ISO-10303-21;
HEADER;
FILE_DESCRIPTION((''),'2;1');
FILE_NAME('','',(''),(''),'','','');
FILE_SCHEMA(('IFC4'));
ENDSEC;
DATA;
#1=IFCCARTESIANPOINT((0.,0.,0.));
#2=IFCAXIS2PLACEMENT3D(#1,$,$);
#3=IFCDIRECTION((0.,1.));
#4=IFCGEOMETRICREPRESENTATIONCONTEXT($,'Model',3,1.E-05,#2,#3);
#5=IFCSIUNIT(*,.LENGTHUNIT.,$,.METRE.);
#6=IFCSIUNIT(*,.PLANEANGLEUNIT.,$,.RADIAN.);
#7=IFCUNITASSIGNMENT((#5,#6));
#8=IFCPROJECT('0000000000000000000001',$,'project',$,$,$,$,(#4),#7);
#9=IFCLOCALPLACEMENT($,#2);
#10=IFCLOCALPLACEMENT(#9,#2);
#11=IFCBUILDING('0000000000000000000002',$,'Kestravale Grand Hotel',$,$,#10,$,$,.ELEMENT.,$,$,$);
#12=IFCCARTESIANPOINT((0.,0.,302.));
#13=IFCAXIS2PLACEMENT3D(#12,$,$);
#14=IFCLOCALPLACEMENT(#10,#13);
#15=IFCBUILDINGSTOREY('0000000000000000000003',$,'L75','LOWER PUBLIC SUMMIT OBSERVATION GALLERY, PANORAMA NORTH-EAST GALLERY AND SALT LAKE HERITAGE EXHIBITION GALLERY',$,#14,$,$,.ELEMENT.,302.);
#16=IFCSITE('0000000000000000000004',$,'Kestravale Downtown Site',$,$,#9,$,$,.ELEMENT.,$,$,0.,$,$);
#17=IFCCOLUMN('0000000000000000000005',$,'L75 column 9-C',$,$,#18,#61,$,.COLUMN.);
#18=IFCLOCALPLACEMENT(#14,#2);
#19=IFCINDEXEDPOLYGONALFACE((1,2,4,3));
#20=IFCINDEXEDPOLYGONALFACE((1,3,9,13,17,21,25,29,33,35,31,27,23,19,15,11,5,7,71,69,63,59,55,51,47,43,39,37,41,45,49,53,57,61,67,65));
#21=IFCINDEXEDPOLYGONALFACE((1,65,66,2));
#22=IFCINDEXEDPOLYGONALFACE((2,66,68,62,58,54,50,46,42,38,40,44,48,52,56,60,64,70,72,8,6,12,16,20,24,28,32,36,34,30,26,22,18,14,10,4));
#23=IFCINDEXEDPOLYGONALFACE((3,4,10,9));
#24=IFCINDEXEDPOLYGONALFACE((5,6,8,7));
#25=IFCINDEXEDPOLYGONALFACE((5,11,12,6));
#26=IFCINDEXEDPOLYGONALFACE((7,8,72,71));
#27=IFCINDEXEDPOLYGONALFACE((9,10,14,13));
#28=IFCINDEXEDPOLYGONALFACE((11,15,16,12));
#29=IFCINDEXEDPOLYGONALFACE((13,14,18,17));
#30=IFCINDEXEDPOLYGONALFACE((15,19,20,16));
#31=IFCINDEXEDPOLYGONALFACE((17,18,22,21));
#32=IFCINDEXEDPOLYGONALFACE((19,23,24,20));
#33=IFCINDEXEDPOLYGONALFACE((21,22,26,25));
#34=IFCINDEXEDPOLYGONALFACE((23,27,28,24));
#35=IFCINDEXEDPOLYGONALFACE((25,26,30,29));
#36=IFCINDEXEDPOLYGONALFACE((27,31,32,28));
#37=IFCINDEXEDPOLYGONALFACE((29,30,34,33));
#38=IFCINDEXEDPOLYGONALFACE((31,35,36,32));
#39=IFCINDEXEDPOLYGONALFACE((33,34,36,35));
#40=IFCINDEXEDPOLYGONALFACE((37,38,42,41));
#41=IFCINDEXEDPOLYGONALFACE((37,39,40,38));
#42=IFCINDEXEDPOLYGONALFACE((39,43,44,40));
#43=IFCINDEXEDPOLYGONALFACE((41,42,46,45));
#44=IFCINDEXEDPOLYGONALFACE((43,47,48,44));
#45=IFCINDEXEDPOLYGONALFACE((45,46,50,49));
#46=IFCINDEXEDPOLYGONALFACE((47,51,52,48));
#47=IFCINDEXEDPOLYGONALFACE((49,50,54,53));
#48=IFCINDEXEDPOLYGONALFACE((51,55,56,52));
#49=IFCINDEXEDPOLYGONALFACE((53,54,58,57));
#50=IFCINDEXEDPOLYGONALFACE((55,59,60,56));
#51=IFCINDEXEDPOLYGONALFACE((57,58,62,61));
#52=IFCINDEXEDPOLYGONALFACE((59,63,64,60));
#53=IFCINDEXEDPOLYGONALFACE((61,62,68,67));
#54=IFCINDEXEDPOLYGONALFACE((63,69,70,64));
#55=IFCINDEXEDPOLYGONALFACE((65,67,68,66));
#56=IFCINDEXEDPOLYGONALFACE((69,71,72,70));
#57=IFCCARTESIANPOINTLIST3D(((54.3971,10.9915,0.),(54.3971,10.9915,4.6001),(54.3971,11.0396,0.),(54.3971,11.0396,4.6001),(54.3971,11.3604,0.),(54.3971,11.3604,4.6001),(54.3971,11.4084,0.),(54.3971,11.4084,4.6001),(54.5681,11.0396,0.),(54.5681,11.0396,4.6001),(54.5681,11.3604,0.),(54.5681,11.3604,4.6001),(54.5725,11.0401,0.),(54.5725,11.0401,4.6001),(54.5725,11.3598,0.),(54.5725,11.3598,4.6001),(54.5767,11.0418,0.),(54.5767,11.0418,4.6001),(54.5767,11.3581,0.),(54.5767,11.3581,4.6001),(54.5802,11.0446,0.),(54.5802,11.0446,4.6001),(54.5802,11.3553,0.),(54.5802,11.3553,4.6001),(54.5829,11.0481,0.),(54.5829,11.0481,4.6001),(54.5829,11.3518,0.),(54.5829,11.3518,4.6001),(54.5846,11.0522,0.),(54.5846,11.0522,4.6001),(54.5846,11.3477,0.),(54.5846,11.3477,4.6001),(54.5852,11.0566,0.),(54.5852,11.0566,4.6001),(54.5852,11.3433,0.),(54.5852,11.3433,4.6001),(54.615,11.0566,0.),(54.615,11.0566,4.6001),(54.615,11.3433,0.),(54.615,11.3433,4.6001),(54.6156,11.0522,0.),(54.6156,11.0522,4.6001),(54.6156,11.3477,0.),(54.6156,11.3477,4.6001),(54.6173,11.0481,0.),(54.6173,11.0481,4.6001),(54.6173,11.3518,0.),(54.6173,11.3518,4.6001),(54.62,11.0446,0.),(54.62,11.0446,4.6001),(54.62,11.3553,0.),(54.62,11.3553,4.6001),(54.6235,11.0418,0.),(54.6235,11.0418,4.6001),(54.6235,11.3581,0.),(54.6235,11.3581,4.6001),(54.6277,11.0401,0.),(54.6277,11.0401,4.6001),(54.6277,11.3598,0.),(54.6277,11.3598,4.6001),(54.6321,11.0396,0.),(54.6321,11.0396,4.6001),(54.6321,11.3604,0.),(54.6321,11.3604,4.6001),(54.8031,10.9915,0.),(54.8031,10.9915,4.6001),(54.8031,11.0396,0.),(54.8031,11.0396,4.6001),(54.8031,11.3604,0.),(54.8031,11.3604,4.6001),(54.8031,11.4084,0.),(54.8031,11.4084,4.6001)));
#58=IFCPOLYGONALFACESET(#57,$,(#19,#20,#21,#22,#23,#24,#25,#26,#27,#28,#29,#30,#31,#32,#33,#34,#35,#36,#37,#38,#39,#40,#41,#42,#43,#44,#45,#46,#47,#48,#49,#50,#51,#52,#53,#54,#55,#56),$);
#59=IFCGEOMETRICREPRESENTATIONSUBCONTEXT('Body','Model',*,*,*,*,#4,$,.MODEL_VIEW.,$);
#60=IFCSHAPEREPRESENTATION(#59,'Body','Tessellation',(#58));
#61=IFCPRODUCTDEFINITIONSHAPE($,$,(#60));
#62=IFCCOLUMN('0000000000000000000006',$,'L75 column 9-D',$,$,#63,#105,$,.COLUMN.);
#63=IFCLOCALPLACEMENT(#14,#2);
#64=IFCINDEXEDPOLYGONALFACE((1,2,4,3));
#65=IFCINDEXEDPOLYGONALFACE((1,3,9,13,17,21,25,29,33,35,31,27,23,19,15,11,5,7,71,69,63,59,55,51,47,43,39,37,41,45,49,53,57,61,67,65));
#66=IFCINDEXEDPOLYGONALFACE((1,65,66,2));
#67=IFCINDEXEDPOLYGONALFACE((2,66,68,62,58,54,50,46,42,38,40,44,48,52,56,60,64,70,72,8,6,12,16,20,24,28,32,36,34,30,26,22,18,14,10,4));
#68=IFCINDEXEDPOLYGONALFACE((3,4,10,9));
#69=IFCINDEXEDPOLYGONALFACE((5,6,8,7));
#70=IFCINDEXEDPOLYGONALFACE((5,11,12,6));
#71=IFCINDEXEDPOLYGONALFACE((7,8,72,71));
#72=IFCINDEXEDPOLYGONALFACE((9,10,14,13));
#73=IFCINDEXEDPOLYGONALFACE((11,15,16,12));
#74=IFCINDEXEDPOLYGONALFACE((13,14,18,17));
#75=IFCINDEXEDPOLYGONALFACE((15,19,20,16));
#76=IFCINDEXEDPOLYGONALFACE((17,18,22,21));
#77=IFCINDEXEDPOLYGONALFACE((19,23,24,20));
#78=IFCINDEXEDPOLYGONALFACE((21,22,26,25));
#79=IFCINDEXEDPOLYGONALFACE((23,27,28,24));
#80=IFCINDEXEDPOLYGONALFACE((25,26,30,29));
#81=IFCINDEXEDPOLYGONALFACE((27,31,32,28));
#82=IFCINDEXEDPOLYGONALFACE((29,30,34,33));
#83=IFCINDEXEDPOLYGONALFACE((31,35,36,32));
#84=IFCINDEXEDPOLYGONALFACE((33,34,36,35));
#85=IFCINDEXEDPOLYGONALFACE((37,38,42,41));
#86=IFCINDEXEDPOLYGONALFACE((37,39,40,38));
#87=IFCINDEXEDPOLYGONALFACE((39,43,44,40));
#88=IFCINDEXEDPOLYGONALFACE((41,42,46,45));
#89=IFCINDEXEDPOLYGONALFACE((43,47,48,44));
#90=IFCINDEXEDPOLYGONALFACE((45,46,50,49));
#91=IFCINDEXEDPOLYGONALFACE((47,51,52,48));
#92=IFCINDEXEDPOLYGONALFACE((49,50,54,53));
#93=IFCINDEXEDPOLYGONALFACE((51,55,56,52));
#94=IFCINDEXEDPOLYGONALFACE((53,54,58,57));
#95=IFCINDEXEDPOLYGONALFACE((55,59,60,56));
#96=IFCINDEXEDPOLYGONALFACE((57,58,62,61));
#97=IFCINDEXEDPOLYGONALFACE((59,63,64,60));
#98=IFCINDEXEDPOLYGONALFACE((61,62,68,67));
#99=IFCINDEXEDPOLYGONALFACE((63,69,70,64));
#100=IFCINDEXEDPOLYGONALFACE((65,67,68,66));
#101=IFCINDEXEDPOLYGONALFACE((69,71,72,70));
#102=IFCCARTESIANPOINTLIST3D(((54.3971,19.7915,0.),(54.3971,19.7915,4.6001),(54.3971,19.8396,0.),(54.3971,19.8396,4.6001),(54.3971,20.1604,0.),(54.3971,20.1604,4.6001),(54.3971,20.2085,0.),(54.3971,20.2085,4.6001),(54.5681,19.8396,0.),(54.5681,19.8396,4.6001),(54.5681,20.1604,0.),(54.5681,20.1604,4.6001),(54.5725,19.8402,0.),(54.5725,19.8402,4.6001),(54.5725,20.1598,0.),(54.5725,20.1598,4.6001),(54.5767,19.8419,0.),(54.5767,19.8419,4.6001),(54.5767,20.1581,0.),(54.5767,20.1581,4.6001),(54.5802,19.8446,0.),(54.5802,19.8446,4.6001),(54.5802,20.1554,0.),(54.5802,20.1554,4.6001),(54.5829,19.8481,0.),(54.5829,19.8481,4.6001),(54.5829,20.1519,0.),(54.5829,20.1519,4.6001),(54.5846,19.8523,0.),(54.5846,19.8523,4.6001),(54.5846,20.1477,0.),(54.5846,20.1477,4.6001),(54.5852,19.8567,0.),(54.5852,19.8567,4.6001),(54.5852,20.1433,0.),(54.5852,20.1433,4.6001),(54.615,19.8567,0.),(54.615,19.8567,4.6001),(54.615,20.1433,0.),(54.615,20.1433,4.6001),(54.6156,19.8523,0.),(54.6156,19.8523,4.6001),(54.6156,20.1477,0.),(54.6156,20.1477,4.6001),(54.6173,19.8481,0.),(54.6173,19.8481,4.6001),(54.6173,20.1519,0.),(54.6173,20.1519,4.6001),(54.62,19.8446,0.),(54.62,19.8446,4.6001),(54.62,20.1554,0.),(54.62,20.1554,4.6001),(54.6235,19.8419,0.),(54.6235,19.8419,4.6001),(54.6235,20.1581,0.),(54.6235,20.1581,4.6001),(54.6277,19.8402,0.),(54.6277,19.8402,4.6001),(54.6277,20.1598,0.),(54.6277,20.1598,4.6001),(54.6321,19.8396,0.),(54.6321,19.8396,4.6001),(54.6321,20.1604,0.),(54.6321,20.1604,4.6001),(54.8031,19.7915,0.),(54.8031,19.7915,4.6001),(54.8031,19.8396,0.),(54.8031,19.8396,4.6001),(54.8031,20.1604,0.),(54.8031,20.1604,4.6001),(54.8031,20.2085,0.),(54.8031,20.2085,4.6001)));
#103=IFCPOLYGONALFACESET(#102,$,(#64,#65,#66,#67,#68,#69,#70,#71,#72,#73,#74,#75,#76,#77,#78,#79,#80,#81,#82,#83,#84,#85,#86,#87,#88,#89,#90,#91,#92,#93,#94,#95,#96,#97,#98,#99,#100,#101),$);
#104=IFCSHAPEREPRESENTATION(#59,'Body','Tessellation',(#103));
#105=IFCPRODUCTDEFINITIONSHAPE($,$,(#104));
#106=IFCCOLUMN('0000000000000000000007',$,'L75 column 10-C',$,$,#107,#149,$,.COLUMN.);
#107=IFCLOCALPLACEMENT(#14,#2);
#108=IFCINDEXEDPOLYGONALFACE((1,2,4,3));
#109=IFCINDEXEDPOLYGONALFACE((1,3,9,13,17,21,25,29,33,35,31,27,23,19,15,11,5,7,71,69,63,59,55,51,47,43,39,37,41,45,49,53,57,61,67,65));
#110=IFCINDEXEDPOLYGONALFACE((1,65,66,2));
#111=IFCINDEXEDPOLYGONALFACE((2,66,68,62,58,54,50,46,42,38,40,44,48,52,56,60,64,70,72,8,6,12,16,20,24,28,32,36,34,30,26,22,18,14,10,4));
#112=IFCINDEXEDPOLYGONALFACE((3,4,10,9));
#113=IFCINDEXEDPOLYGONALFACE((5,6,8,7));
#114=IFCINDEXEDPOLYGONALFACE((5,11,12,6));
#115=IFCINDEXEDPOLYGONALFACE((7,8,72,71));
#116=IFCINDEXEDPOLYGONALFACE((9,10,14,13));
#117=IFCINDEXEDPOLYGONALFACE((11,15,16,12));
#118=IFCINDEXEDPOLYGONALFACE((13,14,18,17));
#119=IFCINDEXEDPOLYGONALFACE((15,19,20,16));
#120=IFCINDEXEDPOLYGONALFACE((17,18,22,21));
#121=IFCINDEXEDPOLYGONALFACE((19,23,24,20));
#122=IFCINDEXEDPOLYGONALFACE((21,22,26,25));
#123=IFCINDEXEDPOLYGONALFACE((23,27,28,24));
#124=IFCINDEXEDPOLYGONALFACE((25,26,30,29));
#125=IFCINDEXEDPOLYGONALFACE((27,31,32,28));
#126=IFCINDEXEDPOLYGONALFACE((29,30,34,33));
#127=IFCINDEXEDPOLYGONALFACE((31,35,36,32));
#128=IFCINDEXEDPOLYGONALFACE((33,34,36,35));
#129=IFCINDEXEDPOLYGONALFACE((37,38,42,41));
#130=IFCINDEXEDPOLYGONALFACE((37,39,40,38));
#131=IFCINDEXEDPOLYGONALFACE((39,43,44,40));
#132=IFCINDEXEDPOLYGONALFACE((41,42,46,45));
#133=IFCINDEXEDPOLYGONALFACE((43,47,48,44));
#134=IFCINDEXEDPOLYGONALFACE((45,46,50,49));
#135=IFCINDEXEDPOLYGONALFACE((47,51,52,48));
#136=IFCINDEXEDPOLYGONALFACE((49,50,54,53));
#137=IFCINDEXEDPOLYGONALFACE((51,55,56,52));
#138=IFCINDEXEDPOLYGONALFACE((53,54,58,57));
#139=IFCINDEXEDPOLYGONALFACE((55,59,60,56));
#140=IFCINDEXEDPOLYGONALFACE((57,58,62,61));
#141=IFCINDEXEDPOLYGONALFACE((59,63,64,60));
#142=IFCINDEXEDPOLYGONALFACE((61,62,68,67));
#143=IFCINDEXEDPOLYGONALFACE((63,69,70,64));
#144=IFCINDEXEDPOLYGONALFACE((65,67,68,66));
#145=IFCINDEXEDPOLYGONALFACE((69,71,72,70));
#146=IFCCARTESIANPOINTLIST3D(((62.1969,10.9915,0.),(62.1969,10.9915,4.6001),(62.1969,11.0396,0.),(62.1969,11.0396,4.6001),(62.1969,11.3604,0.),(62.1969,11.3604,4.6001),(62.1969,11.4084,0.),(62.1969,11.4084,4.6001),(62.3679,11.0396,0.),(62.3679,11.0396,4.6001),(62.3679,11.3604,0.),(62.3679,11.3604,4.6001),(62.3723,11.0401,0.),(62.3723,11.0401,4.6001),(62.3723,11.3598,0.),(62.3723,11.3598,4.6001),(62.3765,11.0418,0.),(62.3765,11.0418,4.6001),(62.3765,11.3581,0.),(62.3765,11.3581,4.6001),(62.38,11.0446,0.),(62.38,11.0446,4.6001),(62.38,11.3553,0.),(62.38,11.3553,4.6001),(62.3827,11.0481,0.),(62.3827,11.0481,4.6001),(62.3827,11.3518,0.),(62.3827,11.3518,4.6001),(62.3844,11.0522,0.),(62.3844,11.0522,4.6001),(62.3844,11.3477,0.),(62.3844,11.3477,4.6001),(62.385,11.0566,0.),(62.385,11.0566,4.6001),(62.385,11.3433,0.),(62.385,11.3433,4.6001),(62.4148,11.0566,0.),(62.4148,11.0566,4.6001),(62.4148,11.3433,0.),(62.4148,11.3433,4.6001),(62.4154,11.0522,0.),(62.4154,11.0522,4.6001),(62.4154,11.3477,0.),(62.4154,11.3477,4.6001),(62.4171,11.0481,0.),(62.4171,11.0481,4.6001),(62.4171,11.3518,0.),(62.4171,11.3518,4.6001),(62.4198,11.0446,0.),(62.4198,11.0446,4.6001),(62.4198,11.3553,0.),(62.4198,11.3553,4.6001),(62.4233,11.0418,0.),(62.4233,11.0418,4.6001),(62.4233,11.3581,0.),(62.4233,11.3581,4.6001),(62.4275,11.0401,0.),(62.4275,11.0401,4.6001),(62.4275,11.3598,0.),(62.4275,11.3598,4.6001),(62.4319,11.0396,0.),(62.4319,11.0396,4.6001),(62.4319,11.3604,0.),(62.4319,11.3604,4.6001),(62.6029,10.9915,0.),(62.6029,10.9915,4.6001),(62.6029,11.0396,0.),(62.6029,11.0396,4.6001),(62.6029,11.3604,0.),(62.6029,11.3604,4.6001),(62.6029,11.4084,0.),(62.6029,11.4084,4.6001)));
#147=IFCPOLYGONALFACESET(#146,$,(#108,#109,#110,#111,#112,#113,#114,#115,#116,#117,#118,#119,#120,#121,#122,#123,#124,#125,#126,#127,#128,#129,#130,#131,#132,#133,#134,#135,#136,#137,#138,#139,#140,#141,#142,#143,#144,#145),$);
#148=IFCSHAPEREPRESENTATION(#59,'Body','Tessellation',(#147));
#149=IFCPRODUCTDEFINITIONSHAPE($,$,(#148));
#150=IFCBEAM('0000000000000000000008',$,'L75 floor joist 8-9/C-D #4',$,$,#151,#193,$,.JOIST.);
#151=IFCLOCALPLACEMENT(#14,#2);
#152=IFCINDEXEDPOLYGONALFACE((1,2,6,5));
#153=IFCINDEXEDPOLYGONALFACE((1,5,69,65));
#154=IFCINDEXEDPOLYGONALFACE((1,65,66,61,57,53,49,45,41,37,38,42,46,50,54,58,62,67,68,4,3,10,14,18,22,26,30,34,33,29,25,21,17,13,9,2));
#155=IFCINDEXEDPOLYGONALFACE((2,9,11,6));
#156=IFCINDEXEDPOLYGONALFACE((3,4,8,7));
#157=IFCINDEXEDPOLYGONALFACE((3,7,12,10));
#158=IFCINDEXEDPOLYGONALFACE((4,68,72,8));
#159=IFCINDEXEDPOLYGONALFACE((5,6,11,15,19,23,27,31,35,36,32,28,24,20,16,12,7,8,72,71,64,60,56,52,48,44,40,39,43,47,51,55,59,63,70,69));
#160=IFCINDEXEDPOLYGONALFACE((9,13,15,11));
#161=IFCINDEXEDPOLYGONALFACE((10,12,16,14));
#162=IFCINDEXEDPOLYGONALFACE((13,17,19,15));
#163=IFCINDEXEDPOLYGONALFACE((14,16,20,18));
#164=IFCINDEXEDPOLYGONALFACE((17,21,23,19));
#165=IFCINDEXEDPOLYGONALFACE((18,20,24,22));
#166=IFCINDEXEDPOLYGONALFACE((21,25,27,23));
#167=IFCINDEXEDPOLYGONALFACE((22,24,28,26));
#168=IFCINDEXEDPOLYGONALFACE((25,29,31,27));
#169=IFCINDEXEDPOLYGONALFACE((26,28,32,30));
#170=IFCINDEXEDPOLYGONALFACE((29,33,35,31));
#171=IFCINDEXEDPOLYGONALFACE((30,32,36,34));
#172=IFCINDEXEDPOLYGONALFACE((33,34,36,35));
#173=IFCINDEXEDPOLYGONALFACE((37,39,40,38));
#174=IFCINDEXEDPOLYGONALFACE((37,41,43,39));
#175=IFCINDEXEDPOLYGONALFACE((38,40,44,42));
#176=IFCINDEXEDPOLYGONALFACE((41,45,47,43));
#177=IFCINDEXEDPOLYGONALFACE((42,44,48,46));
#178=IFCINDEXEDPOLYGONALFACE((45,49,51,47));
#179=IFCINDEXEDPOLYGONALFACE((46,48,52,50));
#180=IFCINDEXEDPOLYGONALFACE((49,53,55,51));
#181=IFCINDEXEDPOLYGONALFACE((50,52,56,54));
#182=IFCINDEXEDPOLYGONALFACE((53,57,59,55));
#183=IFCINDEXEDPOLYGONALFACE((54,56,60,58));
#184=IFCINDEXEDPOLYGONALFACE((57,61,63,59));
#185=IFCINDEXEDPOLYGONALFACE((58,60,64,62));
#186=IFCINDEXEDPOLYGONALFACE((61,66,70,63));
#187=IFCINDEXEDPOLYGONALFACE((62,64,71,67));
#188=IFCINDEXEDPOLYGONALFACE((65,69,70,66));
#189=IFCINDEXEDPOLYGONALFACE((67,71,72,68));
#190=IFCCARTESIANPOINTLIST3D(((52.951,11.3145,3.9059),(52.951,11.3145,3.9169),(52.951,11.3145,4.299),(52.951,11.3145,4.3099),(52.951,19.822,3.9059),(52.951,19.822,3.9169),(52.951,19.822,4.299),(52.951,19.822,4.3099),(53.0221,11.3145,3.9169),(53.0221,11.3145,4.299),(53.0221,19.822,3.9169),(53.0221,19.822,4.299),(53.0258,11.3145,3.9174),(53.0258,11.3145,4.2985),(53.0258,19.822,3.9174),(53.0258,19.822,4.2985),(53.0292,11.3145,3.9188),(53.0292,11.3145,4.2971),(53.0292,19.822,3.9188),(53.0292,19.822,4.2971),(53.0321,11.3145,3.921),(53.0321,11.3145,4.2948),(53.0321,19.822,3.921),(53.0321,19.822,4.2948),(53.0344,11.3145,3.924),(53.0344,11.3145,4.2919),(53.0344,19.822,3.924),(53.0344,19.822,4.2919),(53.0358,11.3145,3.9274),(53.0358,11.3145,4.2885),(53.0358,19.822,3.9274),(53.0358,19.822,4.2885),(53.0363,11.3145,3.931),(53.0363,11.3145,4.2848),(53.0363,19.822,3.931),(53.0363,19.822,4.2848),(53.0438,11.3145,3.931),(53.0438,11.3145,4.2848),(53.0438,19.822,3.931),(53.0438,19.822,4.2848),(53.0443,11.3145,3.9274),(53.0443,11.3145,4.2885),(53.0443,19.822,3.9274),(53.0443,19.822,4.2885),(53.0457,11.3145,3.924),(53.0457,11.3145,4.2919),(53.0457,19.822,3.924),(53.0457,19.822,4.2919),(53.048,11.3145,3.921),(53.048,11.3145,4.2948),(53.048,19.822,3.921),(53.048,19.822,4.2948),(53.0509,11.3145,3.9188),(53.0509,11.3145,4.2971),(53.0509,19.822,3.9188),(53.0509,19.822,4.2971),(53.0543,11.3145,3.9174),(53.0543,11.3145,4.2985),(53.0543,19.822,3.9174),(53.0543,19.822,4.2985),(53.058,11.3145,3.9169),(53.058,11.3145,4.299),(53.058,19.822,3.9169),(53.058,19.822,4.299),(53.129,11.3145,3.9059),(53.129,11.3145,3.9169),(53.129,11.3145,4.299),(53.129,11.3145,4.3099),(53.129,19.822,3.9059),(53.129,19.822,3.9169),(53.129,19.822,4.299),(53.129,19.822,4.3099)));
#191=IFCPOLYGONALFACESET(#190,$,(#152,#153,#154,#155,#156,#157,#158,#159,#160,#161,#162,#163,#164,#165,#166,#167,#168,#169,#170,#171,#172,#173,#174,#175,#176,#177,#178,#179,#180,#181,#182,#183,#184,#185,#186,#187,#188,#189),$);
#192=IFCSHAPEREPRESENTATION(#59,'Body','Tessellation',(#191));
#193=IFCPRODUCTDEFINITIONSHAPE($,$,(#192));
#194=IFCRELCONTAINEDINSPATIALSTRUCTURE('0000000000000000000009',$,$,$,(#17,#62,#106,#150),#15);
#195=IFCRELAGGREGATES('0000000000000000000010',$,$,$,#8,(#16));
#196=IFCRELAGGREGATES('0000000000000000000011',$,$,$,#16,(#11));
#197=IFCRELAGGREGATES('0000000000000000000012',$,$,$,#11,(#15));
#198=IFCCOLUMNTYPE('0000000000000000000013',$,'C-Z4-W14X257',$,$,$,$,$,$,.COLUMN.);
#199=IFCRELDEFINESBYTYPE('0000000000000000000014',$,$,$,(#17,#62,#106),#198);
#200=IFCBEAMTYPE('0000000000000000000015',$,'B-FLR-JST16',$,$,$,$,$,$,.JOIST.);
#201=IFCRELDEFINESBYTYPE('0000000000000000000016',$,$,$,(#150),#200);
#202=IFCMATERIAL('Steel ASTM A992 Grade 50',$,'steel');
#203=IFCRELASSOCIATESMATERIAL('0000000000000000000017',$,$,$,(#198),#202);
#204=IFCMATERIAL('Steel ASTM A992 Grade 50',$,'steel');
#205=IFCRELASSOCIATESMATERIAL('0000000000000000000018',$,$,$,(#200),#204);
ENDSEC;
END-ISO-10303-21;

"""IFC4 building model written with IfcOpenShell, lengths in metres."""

from ifc_helpers import new_model, si_unit, direction, frame, origin, origin_2d, place, context, subcontext, project, spatial, i_section, extrude, material, material_profile, profile_set, type_object, element, save


model = new_model("IFC4")

# Units and contexts
model_context = context("Model", 3, precision=1e-05, world=origin(), true_north=direction((0.0, 1.0)))
body_context = subcontext(model_context, "Body", "Model", "MODEL_VIEW")
ifc_project = project(units=[si_unit("LENGTHUNIT", "METRE"), si_unit("PLANEANGLEUNIT", "RADIAN")], contexts=[model_context])

# Site, building, storey
site_placement = place(None, origin())
site = spatial("IfcSite", under=ifc_project, at=site_placement, Name="Kestravale Downtown Site", CompositionType="ELEMENT", RefElevation=0.0)
building_placement = place(site_placement, origin())
building = spatial("IfcBuilding", under=site, at=building_placement, Name="Kestravale Grand Hotel", CompositionType="ELEMENT")
storey_placement = place(building_placement, frame((0.0, 0.0, 302.0)))
storey = spatial("IfcBuildingStorey", under=building, at=storey_placement, Name="L75", Description="LOWER PUBLIC SUMMIT OBSERVATION GALLERY, PANORAMA NORTH-EAST GALLERY AND SALT LAKE HERITAGE EXHIBITION GALLERY", CompositionType="ELEMENT", Elevation=302.0)

# Columns
ifc_material_1 = material(Name="Steel ASTM A992 Grade 50", Category="steel")
ifc_material_profile_1 = material_profile(ifc_material_1, i_section(OverallWidth=0.406, OverallDepth=0.417, WebThickness=0.0298, FlangeThickness=0.0481, FilletRadius=0.0171, at=origin_2d()))
ifc_profile_set_1 = profile_set([ifc_material_profile_1], Name="Steel ASTM A992 Grade 50")
column_type = type_object("IfcColumnType", Name="C-Z4-W14X257", PredefinedType="COLUMN", material=ifc_profile_set_1)
for number, where, z_axis, x_axis, name in (
    (1, (54.6001, 11.2, 0.0), (0.0, 0.0, 1.0), (1.0, 0.0, 0.0), "L75 column 9-C"),
    (2, (54.6001, 20.0, 0.0), (0.0, 0.0, 1.0), (1.0, 0.0, 0.0), "L75 column 9-D"),
    (3, (62.3999, 11.2, 0.0), (0.0, 0.0, 1.0), (1.0, 0.0, 0.0), "L75 column 10-C"),
):
    element("IfcColumn", number, at=place(storey_placement, frame(where, z_axis=z_axis, x_axis=x_axis)), inside=storey, type_object=column_type, Name=name, PredefinedType="COLUMN", context=body_context, shape_type="SweptSolid", body=[
        extrude(i_section(OverallWidth=0.406, OverallDepth=0.417, WebThickness=0.0298, FlangeThickness=0.0481, FilletRadius=0.0171, at=origin_2d()), origin(), (0.0, 0.0, 1.0), 4.6001),
    ])

# Beam
ifc_material_2 = material(Name="Steel ASTM A992 Grade 50", Category="steel")
ifc_material_profile_2 = material_profile(ifc_material_2, i_section(OverallWidth=0.178, OverallDepth=0.4041, WebThickness=0.0076, FlangeThickness=0.011, FilletRadius=0.0142, at=origin_2d()))
ifc_profile_set_2 = profile_set([ifc_material_profile_2], Name="Steel ASTM A992 Grade 50")
beam_type_1 = type_object("IfcBeamType", Name="B-FLR-JST16", PredefinedType="JOIST", material=ifc_profile_set_2)
for number, where, z_axis, x_axis, name in (
    (4, (53.04, 11.3145, 4.1079), (0.0, 1.0, 0.0), (-1.0, 0.0, 0.0), "L75 floor joist 8-9/C-D #4"),
):
    element("IfcBeam", number, at=place(storey_placement, frame(where, z_axis=z_axis, x_axis=x_axis)), inside=storey, type_object=beam_type_1, Name=name, PredefinedType="JOIST", context=body_context, shape_type="SweptSolid", body=[
        extrude(i_section(OverallWidth=0.178, OverallDepth=0.4041, WebThickness=0.0076, FlangeThickness=0.011, FilletRadius=0.0142, at=origin_2d()), origin(), (0.0, 0.0, 1.0), 8.5076),
    ])

save(model, "model.ifc")
